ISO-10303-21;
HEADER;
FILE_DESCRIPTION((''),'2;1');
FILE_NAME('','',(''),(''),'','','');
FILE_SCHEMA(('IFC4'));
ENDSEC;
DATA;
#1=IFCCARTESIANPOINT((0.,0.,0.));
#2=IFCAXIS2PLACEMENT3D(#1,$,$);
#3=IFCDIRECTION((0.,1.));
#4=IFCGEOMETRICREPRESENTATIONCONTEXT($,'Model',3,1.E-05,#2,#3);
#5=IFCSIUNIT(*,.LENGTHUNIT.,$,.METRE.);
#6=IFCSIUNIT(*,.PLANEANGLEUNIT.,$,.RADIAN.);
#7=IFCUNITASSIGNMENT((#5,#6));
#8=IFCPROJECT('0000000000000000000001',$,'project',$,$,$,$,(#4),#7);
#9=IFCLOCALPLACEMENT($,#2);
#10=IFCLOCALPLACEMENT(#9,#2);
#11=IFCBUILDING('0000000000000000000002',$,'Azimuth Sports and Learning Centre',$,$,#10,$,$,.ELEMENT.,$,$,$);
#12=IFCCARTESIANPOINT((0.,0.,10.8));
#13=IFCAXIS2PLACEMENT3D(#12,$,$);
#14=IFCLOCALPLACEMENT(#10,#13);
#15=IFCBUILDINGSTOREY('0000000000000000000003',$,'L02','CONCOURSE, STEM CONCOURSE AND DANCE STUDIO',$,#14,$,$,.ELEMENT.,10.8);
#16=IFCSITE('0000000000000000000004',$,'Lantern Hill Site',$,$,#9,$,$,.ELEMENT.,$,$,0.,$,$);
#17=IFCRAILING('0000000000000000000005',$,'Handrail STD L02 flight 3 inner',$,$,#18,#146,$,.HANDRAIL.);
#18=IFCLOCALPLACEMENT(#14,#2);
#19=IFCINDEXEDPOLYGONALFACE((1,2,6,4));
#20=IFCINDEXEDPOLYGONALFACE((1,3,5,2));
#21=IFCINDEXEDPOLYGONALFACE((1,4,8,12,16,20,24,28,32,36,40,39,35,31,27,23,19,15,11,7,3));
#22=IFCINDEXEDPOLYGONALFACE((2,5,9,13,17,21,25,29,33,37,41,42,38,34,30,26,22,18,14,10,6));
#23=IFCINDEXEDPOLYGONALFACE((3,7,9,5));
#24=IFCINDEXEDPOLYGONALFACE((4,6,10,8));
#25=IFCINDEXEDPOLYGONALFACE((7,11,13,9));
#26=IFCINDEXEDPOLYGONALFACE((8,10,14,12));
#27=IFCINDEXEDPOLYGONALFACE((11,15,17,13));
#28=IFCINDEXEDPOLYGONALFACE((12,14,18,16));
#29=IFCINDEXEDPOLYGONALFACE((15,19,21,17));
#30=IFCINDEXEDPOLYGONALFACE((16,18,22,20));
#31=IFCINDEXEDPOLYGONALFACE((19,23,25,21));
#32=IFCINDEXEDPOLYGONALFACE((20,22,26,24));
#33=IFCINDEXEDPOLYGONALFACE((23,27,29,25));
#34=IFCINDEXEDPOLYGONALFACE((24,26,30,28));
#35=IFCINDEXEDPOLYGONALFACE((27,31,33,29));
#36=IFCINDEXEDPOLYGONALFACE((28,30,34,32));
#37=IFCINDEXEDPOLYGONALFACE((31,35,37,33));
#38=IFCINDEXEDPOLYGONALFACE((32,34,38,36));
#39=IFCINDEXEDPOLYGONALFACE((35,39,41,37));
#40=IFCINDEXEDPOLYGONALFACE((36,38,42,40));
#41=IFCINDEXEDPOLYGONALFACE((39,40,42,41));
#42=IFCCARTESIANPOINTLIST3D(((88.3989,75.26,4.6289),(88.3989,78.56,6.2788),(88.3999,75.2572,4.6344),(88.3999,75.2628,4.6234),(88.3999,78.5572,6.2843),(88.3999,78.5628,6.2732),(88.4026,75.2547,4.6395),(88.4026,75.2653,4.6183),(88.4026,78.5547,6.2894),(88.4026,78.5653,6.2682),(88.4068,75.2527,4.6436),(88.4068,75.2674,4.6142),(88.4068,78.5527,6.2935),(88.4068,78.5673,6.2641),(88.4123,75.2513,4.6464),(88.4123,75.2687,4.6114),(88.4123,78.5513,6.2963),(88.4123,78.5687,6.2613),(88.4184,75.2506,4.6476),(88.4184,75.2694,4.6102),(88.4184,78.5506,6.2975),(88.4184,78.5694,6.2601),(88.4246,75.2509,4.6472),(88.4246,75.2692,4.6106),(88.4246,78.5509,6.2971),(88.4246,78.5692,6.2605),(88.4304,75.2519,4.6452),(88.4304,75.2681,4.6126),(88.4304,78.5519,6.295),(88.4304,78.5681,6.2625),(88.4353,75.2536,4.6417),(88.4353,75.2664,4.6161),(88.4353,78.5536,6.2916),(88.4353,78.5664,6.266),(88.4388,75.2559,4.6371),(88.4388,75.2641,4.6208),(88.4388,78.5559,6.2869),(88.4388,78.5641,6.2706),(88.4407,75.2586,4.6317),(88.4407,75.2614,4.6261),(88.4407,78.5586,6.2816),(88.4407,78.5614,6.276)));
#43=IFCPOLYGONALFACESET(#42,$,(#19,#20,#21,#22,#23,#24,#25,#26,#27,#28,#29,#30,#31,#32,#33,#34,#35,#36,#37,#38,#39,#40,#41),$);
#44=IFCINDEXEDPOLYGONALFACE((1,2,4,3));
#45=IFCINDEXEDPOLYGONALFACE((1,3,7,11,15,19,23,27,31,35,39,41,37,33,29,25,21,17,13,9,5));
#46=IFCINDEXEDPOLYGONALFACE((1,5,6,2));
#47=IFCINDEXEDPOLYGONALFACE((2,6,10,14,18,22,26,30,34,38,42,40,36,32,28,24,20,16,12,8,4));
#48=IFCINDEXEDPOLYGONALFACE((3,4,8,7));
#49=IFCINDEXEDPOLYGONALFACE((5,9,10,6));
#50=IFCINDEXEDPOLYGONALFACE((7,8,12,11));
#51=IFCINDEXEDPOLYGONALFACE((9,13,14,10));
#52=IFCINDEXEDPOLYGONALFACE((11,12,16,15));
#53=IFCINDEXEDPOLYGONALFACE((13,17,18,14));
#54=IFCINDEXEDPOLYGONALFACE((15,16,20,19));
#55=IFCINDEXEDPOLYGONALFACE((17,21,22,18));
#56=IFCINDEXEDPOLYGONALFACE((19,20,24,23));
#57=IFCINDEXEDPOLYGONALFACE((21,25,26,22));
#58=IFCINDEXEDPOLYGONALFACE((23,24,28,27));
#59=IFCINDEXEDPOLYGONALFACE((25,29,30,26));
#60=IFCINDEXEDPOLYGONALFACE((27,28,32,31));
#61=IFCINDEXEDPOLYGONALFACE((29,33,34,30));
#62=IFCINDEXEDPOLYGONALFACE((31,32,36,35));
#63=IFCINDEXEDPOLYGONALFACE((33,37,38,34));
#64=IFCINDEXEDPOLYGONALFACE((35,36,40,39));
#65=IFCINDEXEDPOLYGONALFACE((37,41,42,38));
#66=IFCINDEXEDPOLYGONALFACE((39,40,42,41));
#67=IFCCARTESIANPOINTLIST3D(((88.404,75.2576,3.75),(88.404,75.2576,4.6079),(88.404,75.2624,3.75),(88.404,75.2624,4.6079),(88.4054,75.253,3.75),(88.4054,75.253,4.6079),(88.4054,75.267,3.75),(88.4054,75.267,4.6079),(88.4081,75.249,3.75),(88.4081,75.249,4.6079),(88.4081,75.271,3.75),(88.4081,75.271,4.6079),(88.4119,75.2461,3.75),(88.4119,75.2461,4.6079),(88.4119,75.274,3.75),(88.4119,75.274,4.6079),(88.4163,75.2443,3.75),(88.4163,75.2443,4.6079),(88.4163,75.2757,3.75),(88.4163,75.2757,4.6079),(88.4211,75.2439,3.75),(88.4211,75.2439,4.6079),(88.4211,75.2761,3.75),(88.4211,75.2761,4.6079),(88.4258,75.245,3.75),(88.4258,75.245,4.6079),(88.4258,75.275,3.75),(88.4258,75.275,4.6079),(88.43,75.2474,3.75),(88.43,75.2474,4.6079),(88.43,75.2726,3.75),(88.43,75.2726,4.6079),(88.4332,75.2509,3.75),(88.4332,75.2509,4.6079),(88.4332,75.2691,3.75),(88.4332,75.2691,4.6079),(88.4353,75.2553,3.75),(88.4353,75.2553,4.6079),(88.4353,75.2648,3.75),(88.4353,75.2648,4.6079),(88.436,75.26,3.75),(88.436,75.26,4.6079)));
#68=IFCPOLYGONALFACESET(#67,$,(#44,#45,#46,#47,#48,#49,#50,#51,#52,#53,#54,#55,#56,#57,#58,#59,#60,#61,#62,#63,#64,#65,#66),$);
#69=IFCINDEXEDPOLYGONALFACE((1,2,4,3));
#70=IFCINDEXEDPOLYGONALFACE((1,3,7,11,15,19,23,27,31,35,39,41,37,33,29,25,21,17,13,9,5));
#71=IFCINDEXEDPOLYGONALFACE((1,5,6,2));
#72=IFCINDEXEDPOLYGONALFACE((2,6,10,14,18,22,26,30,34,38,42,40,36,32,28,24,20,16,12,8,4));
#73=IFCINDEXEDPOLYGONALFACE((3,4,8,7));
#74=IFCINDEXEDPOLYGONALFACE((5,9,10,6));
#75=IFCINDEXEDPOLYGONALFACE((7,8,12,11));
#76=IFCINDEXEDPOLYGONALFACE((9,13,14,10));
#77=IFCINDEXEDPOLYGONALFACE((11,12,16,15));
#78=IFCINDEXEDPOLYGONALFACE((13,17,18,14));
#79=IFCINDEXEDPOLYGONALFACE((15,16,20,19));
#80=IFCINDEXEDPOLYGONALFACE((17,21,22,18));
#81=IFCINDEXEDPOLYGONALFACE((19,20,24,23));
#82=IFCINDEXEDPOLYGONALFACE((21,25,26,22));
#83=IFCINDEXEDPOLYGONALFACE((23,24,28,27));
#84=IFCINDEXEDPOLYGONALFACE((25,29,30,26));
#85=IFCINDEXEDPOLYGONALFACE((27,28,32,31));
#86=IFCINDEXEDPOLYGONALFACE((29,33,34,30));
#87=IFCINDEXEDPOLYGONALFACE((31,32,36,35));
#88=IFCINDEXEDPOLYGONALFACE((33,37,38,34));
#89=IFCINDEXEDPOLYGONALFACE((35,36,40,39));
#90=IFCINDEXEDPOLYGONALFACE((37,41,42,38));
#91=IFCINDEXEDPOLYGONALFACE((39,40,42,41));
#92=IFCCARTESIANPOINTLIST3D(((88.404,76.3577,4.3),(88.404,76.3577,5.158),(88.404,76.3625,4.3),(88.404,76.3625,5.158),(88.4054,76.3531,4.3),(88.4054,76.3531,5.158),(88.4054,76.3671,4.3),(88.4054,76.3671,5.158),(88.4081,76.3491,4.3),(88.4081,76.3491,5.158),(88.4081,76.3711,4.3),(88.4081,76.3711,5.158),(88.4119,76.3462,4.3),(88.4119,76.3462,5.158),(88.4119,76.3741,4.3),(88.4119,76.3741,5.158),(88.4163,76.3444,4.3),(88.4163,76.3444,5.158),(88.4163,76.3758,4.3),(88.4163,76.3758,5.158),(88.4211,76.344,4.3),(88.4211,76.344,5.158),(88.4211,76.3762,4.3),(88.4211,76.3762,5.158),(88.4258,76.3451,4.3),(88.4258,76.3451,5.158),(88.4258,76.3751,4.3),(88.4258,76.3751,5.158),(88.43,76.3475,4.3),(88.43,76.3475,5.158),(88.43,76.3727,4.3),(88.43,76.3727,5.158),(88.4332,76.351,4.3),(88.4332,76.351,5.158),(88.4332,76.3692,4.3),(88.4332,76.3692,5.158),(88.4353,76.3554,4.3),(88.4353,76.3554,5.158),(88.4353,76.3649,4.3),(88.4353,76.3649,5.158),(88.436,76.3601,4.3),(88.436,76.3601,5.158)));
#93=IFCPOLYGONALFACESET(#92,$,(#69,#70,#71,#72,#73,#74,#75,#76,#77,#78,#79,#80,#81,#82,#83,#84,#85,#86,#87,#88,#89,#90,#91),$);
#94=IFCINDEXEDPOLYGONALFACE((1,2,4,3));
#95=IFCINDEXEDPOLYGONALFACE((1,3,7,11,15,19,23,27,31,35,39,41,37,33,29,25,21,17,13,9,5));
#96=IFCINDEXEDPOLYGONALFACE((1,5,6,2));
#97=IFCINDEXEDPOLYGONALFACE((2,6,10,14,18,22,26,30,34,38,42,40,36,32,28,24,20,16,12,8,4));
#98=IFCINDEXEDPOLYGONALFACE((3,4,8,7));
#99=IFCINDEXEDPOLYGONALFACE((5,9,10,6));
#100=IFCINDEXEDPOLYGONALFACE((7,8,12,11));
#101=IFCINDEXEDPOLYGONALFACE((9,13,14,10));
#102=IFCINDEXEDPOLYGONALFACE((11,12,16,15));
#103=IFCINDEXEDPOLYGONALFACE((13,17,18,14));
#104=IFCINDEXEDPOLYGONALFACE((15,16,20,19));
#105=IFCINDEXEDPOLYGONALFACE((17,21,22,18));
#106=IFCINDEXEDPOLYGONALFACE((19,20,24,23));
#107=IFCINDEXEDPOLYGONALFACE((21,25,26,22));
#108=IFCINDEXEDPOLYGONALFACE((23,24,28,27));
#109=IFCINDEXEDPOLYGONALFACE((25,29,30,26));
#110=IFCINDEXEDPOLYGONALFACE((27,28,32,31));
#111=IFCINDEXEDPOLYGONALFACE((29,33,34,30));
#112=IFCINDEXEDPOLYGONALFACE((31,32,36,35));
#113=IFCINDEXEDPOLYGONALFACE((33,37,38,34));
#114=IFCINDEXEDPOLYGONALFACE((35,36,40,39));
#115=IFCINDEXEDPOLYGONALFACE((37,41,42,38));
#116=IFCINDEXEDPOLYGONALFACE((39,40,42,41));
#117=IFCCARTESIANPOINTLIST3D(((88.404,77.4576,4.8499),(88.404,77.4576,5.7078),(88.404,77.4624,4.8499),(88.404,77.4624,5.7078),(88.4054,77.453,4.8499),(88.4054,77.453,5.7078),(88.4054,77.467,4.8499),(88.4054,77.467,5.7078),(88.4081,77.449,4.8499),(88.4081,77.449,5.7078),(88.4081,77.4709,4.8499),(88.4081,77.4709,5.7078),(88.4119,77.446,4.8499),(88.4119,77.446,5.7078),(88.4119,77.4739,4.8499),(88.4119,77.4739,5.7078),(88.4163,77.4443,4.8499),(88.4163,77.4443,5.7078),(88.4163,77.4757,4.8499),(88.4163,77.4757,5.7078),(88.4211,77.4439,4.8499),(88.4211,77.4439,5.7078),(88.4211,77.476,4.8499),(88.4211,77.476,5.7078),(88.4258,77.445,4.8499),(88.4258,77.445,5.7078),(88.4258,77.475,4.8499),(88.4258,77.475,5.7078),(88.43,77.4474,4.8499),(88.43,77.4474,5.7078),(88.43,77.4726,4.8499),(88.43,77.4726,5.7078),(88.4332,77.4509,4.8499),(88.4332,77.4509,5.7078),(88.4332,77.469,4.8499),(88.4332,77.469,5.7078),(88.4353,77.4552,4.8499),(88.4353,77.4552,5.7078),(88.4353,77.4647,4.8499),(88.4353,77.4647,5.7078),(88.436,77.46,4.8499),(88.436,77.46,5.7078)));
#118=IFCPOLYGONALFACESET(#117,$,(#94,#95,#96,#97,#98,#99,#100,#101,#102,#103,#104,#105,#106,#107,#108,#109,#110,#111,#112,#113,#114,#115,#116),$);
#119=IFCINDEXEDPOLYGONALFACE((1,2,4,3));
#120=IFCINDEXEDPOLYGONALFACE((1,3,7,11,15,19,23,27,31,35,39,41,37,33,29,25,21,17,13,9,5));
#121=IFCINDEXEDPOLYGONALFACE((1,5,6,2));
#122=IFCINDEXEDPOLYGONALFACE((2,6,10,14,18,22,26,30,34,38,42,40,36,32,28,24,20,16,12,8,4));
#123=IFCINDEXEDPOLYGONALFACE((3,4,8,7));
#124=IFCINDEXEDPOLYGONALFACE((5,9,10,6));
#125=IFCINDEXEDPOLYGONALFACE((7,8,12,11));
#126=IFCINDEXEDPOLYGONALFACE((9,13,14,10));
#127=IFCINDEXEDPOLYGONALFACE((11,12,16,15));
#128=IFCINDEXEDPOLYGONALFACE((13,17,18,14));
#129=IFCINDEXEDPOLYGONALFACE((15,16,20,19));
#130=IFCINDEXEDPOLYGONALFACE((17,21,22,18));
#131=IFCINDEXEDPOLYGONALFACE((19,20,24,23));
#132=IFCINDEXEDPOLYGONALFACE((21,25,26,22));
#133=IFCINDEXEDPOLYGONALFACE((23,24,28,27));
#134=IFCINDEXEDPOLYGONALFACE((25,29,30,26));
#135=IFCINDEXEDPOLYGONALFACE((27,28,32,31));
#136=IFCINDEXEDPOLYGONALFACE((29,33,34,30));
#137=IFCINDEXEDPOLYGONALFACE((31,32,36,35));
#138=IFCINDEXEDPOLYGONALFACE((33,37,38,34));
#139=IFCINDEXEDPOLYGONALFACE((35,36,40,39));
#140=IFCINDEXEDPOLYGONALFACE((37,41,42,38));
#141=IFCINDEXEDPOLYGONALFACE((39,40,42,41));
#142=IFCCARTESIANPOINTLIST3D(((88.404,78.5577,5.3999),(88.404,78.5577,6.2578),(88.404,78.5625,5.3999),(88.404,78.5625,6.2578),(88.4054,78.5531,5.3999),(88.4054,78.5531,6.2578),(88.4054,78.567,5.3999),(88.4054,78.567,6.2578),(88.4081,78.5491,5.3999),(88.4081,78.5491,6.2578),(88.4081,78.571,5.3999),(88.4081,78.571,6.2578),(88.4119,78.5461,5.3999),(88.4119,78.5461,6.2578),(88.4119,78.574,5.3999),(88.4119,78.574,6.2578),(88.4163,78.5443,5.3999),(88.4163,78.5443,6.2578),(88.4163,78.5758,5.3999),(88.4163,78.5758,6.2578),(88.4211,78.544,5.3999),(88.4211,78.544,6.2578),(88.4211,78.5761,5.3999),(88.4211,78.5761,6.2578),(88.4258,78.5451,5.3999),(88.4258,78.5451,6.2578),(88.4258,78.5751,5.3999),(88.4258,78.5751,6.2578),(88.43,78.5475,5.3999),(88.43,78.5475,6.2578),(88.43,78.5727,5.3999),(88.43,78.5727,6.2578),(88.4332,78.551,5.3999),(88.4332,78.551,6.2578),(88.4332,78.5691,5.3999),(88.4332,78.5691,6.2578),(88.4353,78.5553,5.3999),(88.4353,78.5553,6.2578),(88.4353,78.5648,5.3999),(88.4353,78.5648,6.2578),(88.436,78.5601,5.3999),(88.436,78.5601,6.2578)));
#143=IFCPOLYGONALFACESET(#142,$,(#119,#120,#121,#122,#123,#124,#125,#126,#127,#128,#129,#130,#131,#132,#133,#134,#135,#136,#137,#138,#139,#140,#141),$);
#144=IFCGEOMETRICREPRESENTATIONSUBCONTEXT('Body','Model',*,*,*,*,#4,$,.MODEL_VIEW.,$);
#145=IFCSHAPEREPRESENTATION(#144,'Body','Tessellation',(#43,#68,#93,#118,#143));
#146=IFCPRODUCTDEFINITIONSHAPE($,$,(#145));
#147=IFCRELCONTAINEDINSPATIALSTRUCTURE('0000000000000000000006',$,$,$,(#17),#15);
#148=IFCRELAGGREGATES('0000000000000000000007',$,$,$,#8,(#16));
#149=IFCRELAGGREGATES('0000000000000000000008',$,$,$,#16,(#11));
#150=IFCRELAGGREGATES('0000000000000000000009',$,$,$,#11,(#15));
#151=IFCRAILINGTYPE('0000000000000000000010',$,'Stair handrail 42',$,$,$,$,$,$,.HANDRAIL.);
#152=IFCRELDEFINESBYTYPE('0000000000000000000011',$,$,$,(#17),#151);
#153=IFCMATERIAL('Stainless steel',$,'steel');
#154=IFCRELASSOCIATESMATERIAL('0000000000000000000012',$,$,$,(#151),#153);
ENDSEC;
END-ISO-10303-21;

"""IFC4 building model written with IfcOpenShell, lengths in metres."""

from ifc_helpers import new_model, si_unit, direction, frame, origin, origin_2d, place, context, subcontext, project, spatial, circle, extrude, material, type_object, element, save


model = new_model("IFC4")

# Units and contexts
model_context = context("Model", 3, precision=1e-05, world=origin(), true_north=direction((0.0, 1.0)))
body_context = subcontext(model_context, "Body", "Model", "MODEL_VIEW")
ifc_project = project(units=[si_unit("LENGTHUNIT", "METRE"), si_unit("PLANEANGLEUNIT", "RADIAN")], contexts=[model_context])

# Site, building, storey
site_placement = place(None, origin())
site = spatial("IfcSite", under=ifc_project, at=site_placement, Name="Lantern Hill Site", CompositionType="ELEMENT", RefElevation=0.0)
building_placement = place(site_placement, origin())
building = spatial("IfcBuilding", under=site, at=building_placement, Name="Azimuth Sports and Learning Centre", CompositionType="ELEMENT")
storey_placement = place(building_placement, frame((0.0, 0.0, 10.8)))
storey = spatial("IfcBuildingStorey", under=building, at=storey_placement, Name="L02", Description="CONCOURSE, STEM CONCOURSE AND DANCE STUDIO", CompositionType="ELEMENT", Elevation=10.8)

# Railing
ifc_material_1 = material(Name="Stainless steel", Category="steel")
railing_type_1 = type_object("IfcRailingType", Name="Stair handrail 42", PredefinedType="HANDRAIL", material=ifc_material_1)
for number, where, name in (
    (1, (88.4199, 75.26, 3.75), "Handrail STD L02 flight 3 inner"),
):
    element("IfcRailing", number, at=place(storey_placement, frame(where)), inside=storey, type_object=railing_type_1, Name=name, PredefinedType="HANDRAIL", context=body_context, shape_type="SweptSolid", body=[
        extrude(circle(Radius=0.021, at=origin_2d()), frame((0.0, 0.0, 0.8789), z_axis=(0.0, 0.89444, 0.447187), x_axis=(-1.0, 0.0, 0.0)), (0.0, 0.0, 1.0), 3.6895),
        extrude(circle(Radius=0.0161, at=origin_2d()), origin(), (0.0, 0.0, 1.0), 0.8579),
        extrude(circle(Radius=0.0161, at=origin_2d()), frame((0.0, 1.1001, 0.55)), (0.0, 0.0, 1.0), 0.8579),
        extrude(circle(Radius=0.0161, at=origin_2d()), frame((0.0, 2.2, 1.0999)), (0.0, 0.0, 1.0), 0.8579),
        extrude(circle(Radius=0.0161, at=origin_2d()), frame((0.0, 3.3, 1.6499)), (0.0, 0.0, 1.0), 0.8579),
    ])

save(model, "model.ifc")
